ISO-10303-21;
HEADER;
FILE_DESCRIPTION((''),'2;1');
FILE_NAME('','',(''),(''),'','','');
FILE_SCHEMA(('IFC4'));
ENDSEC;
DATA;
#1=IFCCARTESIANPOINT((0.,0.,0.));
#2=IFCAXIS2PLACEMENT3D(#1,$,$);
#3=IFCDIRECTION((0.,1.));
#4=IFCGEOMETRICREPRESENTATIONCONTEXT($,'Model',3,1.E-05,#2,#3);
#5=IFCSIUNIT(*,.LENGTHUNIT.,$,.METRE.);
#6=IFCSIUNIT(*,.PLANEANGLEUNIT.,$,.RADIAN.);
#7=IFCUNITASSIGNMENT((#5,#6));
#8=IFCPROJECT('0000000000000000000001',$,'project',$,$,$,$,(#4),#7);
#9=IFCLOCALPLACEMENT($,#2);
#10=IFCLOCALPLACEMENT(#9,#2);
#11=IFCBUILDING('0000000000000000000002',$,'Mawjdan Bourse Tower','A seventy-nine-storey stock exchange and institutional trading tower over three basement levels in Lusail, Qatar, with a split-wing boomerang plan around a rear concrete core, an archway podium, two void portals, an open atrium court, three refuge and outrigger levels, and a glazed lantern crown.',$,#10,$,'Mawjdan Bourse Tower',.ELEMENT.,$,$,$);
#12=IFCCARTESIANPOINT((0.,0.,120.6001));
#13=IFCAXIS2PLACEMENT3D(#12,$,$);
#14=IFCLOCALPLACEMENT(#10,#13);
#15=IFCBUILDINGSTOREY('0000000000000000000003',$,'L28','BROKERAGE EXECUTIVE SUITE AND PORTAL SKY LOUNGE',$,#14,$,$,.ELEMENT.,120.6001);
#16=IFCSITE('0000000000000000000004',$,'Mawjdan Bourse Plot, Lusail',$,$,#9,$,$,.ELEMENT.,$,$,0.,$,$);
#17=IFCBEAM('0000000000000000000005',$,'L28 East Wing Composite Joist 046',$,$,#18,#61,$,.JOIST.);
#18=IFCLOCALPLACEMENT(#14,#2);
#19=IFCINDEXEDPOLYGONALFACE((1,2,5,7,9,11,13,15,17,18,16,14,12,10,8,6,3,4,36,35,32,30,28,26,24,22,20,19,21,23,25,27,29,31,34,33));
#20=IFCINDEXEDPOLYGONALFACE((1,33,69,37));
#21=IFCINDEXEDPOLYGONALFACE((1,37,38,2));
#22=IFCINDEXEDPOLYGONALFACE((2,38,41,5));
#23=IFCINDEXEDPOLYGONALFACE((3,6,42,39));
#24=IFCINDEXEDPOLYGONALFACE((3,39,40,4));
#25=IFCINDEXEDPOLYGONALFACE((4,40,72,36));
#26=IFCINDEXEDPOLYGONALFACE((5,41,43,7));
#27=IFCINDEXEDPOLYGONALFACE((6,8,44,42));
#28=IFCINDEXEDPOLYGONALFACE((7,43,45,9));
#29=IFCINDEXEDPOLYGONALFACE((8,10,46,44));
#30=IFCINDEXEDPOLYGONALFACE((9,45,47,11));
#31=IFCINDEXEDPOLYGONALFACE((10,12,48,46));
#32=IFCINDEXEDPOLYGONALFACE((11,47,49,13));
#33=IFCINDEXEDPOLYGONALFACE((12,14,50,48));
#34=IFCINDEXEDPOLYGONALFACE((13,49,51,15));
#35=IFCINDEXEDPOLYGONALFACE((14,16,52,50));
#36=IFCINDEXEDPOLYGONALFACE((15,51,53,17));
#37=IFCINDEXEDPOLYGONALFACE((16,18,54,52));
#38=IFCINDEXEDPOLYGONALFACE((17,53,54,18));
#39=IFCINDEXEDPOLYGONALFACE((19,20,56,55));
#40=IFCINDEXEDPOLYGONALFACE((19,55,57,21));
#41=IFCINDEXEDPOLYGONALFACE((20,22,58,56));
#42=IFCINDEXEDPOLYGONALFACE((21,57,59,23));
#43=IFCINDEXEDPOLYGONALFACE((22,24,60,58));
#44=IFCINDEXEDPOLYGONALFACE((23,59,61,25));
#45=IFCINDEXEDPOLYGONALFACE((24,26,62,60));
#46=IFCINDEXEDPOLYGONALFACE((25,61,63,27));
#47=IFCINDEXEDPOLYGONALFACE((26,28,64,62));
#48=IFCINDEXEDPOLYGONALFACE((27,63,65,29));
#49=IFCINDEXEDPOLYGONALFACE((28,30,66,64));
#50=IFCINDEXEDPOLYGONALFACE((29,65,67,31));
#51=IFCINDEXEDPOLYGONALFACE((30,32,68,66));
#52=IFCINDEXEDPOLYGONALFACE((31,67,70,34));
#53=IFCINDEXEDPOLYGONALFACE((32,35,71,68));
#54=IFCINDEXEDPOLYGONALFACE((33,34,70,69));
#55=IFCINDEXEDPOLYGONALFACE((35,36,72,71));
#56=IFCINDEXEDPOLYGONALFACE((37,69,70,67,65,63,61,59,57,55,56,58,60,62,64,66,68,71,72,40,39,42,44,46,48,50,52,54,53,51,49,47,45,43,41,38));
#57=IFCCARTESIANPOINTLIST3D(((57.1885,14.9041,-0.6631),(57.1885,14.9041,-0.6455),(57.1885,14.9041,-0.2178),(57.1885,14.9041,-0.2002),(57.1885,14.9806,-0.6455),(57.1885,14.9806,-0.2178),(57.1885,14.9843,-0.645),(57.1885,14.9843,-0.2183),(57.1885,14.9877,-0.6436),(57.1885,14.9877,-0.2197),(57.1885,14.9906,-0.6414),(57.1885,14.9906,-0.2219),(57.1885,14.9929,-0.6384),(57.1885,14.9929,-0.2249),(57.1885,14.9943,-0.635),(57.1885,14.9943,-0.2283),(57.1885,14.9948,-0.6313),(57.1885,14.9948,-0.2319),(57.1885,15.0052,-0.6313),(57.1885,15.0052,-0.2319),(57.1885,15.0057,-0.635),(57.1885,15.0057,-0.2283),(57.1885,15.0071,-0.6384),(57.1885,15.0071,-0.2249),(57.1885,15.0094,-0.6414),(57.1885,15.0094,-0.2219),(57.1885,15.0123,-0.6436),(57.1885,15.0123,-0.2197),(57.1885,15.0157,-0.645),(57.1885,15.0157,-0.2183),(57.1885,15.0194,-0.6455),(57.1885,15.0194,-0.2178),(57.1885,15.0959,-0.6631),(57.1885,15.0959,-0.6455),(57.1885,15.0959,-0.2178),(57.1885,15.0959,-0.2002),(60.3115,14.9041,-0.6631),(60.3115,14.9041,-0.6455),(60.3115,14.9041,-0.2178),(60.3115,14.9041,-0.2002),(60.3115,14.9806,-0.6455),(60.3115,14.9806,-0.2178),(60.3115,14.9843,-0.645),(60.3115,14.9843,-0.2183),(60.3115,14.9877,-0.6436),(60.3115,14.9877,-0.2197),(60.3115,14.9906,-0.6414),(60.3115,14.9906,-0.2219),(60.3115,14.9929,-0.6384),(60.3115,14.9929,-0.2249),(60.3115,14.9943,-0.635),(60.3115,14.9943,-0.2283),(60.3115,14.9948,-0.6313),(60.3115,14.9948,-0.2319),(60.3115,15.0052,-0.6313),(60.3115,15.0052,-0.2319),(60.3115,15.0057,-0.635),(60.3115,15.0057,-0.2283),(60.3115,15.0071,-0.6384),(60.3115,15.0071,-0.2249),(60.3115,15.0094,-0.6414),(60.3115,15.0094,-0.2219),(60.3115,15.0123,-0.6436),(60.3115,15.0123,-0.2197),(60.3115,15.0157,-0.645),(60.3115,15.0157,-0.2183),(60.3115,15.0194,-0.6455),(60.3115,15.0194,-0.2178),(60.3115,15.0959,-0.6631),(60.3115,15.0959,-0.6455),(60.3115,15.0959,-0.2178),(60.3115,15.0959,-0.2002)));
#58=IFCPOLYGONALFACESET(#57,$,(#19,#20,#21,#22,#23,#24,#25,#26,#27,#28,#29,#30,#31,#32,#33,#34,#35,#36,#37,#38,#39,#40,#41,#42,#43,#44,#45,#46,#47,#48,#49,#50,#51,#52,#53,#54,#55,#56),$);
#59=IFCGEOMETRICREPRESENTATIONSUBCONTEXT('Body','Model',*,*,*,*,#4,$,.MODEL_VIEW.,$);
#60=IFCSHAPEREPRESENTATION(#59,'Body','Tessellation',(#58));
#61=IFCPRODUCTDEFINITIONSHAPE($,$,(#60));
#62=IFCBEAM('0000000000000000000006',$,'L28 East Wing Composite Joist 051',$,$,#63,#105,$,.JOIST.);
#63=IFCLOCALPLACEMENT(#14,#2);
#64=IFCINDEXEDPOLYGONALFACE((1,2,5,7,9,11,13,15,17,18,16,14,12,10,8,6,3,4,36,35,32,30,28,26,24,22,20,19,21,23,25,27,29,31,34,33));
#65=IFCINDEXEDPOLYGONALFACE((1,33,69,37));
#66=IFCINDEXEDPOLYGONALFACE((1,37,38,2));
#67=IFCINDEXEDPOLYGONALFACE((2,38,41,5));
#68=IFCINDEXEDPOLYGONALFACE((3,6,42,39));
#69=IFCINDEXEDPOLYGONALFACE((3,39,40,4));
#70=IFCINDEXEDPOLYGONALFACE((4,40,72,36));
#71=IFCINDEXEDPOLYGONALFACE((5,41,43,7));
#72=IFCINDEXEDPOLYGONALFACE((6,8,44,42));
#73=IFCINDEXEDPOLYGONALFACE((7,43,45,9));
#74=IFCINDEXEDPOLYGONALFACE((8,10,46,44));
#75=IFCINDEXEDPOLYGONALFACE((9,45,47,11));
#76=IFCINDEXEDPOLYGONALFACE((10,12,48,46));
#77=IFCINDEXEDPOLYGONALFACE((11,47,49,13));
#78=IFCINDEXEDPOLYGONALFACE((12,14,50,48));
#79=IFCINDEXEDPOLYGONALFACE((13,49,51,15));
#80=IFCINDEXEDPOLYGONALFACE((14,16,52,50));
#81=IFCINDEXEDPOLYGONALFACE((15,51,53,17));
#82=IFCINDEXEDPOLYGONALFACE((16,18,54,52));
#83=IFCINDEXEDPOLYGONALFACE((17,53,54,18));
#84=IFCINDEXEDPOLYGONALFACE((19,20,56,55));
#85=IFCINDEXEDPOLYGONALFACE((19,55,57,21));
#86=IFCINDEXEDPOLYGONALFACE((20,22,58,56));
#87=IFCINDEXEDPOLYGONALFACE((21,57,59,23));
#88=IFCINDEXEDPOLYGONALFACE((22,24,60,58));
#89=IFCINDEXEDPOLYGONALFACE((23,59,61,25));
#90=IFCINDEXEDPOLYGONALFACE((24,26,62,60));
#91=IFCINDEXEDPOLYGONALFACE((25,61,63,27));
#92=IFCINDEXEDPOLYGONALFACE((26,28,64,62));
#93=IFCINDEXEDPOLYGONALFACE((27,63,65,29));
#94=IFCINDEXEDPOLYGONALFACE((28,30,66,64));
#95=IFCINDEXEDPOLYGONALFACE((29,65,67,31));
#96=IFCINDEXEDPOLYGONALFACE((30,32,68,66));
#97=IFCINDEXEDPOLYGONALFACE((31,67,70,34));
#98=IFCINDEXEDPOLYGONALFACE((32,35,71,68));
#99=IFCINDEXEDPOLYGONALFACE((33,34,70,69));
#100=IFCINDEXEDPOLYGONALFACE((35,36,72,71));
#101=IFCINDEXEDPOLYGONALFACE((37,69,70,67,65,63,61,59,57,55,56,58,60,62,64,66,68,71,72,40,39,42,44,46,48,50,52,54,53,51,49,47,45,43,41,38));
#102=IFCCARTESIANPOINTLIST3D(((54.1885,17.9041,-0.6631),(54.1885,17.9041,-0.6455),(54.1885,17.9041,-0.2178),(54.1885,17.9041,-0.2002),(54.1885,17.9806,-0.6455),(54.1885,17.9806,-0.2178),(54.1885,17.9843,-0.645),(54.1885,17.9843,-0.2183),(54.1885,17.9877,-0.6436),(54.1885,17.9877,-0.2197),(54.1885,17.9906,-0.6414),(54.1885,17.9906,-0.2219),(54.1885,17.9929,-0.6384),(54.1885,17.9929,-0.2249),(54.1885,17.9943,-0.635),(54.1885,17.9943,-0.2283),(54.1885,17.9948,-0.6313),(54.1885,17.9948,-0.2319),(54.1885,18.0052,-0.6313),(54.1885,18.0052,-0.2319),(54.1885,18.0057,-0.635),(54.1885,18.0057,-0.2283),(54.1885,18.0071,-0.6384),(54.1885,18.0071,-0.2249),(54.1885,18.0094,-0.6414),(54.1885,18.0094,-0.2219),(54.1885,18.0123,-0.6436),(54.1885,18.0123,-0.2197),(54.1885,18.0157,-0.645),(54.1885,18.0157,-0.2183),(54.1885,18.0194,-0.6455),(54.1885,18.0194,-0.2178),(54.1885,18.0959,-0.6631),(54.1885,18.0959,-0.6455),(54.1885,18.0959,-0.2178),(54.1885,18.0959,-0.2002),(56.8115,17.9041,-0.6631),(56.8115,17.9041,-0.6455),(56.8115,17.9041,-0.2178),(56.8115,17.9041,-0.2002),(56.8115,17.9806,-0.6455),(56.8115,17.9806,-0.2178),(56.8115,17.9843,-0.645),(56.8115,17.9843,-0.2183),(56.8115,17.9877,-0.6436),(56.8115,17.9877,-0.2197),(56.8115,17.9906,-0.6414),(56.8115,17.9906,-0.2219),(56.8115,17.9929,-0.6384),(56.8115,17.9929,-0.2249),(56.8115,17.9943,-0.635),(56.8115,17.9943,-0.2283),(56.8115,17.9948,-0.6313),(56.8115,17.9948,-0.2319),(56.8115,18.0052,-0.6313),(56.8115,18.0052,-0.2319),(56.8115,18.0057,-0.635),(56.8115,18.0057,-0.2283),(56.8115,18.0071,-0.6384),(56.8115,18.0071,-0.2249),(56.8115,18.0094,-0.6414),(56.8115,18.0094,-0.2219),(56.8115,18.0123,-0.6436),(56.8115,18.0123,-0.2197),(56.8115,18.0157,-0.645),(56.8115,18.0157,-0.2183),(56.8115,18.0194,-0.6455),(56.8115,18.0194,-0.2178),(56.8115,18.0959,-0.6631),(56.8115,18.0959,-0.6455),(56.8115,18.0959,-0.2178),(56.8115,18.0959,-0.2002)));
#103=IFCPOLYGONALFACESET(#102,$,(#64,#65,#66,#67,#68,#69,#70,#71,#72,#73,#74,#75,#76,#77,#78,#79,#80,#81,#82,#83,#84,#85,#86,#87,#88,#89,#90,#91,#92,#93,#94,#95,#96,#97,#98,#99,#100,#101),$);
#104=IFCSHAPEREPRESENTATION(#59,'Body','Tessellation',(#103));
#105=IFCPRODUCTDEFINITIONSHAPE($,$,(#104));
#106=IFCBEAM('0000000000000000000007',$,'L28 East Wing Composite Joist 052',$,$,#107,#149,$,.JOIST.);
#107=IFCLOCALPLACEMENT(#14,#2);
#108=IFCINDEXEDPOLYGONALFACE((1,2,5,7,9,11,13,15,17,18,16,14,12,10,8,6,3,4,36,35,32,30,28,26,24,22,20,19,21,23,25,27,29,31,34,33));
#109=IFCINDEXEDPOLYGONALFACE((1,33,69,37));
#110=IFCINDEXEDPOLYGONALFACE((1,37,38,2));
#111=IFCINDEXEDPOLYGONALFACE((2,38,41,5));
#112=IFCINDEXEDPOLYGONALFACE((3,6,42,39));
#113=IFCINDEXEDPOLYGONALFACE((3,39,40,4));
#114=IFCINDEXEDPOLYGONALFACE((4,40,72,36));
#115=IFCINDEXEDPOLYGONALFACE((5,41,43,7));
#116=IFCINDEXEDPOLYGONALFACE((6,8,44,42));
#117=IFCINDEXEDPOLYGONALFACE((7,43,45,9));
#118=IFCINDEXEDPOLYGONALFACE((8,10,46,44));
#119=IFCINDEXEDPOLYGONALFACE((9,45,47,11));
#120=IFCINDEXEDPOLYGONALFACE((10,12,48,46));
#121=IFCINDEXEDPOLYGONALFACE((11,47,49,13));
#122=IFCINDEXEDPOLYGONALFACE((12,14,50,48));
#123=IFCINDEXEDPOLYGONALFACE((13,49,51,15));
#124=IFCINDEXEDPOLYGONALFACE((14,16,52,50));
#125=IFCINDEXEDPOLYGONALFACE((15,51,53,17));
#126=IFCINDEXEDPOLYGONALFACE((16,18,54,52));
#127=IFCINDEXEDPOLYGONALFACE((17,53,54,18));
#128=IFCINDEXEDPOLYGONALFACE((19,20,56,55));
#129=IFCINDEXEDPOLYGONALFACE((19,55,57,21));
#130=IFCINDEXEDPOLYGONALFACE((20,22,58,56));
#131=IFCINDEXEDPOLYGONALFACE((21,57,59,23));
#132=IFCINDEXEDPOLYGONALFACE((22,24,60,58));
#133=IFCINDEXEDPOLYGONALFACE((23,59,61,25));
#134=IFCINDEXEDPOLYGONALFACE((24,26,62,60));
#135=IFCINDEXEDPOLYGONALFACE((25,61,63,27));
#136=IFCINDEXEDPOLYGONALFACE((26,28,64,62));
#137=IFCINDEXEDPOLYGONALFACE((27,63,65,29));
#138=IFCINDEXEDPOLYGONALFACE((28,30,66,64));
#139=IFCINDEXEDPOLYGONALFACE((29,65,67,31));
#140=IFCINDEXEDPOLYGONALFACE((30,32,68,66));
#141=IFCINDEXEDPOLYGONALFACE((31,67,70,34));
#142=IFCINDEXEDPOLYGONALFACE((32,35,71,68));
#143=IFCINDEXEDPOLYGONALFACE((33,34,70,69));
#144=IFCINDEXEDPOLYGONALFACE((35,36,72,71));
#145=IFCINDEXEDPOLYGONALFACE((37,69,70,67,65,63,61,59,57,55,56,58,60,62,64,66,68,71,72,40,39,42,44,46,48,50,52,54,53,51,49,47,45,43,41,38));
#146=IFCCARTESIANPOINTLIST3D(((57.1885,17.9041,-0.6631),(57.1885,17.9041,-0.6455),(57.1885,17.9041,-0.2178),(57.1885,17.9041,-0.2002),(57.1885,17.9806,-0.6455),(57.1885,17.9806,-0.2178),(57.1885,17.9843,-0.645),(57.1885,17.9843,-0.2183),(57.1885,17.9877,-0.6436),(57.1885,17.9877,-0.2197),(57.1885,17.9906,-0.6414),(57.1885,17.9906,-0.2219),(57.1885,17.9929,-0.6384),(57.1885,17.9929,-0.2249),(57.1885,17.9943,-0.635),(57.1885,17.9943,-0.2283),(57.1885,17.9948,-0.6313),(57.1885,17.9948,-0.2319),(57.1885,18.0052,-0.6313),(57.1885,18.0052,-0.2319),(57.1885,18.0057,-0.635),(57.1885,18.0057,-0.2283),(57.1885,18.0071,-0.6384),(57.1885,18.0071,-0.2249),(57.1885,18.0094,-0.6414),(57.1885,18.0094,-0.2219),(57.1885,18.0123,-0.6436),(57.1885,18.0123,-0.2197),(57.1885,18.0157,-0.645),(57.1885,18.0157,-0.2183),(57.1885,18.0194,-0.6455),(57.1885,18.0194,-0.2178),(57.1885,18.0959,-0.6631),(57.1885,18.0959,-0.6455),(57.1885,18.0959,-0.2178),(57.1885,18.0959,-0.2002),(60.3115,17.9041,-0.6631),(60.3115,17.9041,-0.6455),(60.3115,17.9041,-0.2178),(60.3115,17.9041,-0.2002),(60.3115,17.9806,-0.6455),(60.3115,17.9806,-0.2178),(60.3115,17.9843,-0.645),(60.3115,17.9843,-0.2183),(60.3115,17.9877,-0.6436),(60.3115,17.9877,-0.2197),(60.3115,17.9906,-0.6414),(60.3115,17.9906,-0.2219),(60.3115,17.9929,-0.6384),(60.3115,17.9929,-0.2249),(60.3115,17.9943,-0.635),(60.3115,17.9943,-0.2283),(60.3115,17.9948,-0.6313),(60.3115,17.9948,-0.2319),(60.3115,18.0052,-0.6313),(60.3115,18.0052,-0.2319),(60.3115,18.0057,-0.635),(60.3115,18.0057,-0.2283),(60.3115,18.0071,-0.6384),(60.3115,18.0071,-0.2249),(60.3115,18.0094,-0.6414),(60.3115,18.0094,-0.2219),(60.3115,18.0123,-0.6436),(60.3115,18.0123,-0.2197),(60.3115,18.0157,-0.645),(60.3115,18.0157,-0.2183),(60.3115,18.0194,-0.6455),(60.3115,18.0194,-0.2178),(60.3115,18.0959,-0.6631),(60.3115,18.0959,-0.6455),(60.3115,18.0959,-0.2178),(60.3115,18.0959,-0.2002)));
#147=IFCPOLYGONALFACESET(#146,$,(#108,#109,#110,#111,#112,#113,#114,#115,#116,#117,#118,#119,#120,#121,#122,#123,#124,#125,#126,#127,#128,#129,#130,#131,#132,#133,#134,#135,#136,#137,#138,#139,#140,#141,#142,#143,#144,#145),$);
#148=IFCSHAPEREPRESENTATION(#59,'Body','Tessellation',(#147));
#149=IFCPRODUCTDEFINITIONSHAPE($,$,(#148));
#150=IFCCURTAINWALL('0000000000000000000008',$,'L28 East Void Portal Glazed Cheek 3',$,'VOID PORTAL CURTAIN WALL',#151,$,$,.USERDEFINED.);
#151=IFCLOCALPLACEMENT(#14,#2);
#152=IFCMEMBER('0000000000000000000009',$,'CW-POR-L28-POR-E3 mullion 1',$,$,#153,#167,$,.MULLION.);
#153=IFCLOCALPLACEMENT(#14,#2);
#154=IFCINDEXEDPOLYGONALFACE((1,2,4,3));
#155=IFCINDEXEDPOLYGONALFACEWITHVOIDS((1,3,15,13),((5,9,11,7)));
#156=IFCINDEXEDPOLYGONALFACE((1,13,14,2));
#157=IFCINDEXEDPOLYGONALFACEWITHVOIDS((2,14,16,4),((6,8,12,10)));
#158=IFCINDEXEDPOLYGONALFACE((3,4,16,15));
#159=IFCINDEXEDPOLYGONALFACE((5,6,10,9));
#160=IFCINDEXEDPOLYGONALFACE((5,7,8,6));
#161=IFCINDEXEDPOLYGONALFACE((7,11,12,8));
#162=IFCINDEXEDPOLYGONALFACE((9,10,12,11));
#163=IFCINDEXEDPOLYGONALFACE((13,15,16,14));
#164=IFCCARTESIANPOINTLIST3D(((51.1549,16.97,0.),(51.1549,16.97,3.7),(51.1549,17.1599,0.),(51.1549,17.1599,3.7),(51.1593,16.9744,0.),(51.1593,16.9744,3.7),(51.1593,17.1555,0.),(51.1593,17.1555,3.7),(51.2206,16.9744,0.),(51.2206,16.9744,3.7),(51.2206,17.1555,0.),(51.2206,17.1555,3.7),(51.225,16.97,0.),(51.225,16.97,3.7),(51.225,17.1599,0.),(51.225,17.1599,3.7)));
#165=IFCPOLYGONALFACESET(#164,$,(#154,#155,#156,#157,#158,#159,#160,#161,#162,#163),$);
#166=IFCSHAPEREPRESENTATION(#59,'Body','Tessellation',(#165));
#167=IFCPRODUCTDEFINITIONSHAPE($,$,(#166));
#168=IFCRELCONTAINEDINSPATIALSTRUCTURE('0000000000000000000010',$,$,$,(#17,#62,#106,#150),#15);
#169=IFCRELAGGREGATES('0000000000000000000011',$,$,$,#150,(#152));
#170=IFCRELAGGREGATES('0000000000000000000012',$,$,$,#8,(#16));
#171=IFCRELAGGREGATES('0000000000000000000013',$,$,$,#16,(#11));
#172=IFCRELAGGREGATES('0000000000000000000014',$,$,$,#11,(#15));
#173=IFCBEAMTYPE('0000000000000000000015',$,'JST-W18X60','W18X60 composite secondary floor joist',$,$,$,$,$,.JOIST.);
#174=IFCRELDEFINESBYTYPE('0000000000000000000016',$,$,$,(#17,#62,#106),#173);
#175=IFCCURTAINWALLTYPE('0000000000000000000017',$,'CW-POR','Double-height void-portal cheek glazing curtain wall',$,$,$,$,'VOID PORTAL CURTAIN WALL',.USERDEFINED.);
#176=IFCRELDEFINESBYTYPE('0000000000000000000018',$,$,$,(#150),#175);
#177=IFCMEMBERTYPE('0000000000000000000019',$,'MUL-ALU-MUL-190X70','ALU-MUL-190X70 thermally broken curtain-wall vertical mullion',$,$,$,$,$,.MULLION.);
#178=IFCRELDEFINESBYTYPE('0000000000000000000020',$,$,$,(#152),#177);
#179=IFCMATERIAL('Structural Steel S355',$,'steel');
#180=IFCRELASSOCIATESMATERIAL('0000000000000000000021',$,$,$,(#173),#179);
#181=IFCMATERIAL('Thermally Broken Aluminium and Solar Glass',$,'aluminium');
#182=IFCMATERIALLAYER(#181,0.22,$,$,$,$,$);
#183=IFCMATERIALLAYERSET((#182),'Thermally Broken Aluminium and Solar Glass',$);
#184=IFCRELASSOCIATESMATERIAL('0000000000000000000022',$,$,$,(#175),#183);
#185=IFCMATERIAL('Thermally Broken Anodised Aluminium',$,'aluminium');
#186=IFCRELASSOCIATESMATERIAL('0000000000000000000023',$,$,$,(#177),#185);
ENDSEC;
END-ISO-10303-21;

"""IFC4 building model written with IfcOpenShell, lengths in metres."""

from ifc_helpers import new_model, si_unit, direction, frame, origin, origin_2d, place, context, subcontext, project, spatial, hollow_rectangle, i_section, extrude, material, layer, layer_set, material_profile, profile_set, type_object, element, aggregate, save


model = new_model("IFC4")

# Units and contexts
model_context = context("Model", 3, precision=1e-05, world=origin(), true_north=direction((0.0, 1.0)))
body_context = subcontext(model_context, "Body", "Model", "MODEL_VIEW")
ifc_project = project(units=[si_unit("LENGTHUNIT", "METRE"), si_unit("PLANEANGLEUNIT", "RADIAN")], contexts=[model_context])

# Site, building, storey
site_placement = place(None, origin())
site = spatial("IfcSite", under=ifc_project, at=site_placement, Name="Mawjdan Bourse Plot, Lusail", CompositionType="ELEMENT", RefElevation=0.0)
building_placement = place(site_placement, origin())
building = spatial("IfcBuilding", under=site, at=building_placement, Name="Mawjdan Bourse Tower", Description="A seventy-nine-storey stock exchange and institutional trading tower over three basement levels in Lusail, Qatar, with a split-wing boomerang plan around a rear concrete core, an archway podium, two void portals, an open atrium court, three refuge and outrigger levels, and a glazed lantern crown.", LongName="Mawjdan Bourse Tower", CompositionType="ELEMENT")
storey_placement = place(building_placement, frame((0.0, 0.0, 120.6001)))
storey = spatial("IfcBuildingStorey", under=building, at=storey_placement, Name="L28", Description="BROKERAGE EXECUTIVE SUITE AND PORTAL SKY LOUNGE", CompositionType="ELEMENT", Elevation=120.6001)

# Beams
ifc_material_1 = material(Name="Structural Steel S355", Category="steel")
ifc_material_profile_1 = material_profile(ifc_material_1, i_section(OverallWidth=0.1919, OverallDepth=0.4629, WebThickness=0.0105, FlangeThickness=0.0176, FilletRadius=0.0142, at=origin_2d()), Name="W18X60")
ifc_profile_set_1 = profile_set([ifc_material_profile_1], Name="Structural Steel S355")
beam_type_1 = type_object("IfcBeamType", Name="JST-W18X60", Description="W18X60 composite secondary floor joist", PredefinedType="JOIST", material=ifc_profile_set_1)
beam_1_placement = place(storey_placement, frame((57.1885, 15.0, -0.4316), z_axis=(1.0, 0.0, 0.0), x_axis=(0.0, 1.0, 0.0)))
element("IfcBeam", 1, at=beam_1_placement, inside=storey, type_object=beam_type_1, Name="L28 East Wing Composite Joist 046", PredefinedType="JOIST", context=body_context, shape_type="SweptSolid", body=[
    extrude(i_section(OverallWidth=0.1919, OverallDepth=0.4629, WebThickness=0.0105, FlangeThickness=0.0176, FilletRadius=0.0142, at=origin_2d()), origin(), (0.0, 0.0, 1.0), 3.123),
])
beam_2_placement = place(storey_placement, frame((54.1885, 18.0, -0.4316), z_axis=(1.0, 0.0, 0.0), x_axis=(0.0, 1.0, 0.0)))
element("IfcBeam", 2, at=beam_2_placement, inside=storey, type_object=beam_type_1, Name="L28 East Wing Composite Joist 051", PredefinedType="JOIST", context=body_context, shape_type="SweptSolid", body=[
    extrude(i_section(OverallWidth=0.1919, OverallDepth=0.4629, WebThickness=0.0105, FlangeThickness=0.0176, FilletRadius=0.0142, at=origin_2d()), origin(), (0.0, 0.0, 1.0), 2.623),
])
beam_3_placement = place(storey_placement, frame((57.1885, 18.0, -0.4316), z_axis=(1.0, 0.0, 0.0), x_axis=(0.0, 1.0, 0.0)))
element("IfcBeam", 3, at=beam_3_placement, inside=storey, type_object=beam_type_1, Name="L28 East Wing Composite Joist 052", PredefinedType="JOIST", context=body_context, shape_type="SweptSolid", body=[
    extrude(i_section(OverallWidth=0.1919, OverallDepth=0.4629, WebThickness=0.0105, FlangeThickness=0.0176, FilletRadius=0.0142, at=origin_2d()), origin(), (0.0, 0.0, 1.0), 3.123),
])

# Curtain wall, member
ifc_material_2 = material(Name="Thermally Broken Aluminium and Solar Glass", Category="aluminium")
ifc_layer_1 = layer(ifc_material_2, 0.22)
ifc_layer_set_1 = layer_set([ifc_layer_1], Name="Thermally Broken Aluminium and Solar Glass")
curtain_wall_type = type_object("IfcCurtainWallType", Name="CW-POR", Description="Double-height void-portal cheek glazing curtain wall", ElementType="VOID PORTAL CURTAIN WALL", PredefinedType="USERDEFINED", material=ifc_layer_set_1)
curtain_wall_placement = place(storey_placement, origin())
curtain_wall = element("IfcCurtainWall", 4, at=curtain_wall_placement, inside=storey, type_object=curtain_wall_type, Name="L28 East Void Portal Glazed Cheek 3", ObjectType="VOID PORTAL CURTAIN WALL", PredefinedType="USERDEFINED")
ifc_material_3 = material(Name="Thermally Broken Anodised Aluminium", Category="aluminium")
ifc_material_profile_2 = material_profile(ifc_material_3, hollow_rectangle(XDim=0.0701, YDim=0.1899, WallThickness=0.0044, at=origin_2d()), Name="ALU-MUL-190X70")
ifc_profile_set_2 = profile_set([ifc_material_profile_2], Name="Thermally Broken Anodised Aluminium")
member_type_1 = type_object("IfcMemberType", Name="MUL-ALU-MUL-190X70", Description="ALU-MUL-190X70 thermally broken curtain-wall vertical mullion", PredefinedType="MULLION", material=ifc_profile_set_2)
member_1_placement = place(storey_placement, frame((51.1899, 17.0649, 0.0), z_axis=(0.0, 0.0, 1.0), x_axis=(1.0, 0.0, 0.0)))
member_1 = element("IfcMember", 5, at=member_1_placement, type_object=member_type_1, Name="CW-POR-L28-POR-E3 mullion 1", PredefinedType="MULLION", context=body_context, shape_type="SweptSolid", body=[
    extrude(hollow_rectangle(XDim=0.0701, YDim=0.1899, WallThickness=0.0044, at=origin_2d()), origin(), (0.0, 0.0, 1.0), 3.7),
])

aggregate(curtain_wall, [member_1])

save(model, "model.ifc")
